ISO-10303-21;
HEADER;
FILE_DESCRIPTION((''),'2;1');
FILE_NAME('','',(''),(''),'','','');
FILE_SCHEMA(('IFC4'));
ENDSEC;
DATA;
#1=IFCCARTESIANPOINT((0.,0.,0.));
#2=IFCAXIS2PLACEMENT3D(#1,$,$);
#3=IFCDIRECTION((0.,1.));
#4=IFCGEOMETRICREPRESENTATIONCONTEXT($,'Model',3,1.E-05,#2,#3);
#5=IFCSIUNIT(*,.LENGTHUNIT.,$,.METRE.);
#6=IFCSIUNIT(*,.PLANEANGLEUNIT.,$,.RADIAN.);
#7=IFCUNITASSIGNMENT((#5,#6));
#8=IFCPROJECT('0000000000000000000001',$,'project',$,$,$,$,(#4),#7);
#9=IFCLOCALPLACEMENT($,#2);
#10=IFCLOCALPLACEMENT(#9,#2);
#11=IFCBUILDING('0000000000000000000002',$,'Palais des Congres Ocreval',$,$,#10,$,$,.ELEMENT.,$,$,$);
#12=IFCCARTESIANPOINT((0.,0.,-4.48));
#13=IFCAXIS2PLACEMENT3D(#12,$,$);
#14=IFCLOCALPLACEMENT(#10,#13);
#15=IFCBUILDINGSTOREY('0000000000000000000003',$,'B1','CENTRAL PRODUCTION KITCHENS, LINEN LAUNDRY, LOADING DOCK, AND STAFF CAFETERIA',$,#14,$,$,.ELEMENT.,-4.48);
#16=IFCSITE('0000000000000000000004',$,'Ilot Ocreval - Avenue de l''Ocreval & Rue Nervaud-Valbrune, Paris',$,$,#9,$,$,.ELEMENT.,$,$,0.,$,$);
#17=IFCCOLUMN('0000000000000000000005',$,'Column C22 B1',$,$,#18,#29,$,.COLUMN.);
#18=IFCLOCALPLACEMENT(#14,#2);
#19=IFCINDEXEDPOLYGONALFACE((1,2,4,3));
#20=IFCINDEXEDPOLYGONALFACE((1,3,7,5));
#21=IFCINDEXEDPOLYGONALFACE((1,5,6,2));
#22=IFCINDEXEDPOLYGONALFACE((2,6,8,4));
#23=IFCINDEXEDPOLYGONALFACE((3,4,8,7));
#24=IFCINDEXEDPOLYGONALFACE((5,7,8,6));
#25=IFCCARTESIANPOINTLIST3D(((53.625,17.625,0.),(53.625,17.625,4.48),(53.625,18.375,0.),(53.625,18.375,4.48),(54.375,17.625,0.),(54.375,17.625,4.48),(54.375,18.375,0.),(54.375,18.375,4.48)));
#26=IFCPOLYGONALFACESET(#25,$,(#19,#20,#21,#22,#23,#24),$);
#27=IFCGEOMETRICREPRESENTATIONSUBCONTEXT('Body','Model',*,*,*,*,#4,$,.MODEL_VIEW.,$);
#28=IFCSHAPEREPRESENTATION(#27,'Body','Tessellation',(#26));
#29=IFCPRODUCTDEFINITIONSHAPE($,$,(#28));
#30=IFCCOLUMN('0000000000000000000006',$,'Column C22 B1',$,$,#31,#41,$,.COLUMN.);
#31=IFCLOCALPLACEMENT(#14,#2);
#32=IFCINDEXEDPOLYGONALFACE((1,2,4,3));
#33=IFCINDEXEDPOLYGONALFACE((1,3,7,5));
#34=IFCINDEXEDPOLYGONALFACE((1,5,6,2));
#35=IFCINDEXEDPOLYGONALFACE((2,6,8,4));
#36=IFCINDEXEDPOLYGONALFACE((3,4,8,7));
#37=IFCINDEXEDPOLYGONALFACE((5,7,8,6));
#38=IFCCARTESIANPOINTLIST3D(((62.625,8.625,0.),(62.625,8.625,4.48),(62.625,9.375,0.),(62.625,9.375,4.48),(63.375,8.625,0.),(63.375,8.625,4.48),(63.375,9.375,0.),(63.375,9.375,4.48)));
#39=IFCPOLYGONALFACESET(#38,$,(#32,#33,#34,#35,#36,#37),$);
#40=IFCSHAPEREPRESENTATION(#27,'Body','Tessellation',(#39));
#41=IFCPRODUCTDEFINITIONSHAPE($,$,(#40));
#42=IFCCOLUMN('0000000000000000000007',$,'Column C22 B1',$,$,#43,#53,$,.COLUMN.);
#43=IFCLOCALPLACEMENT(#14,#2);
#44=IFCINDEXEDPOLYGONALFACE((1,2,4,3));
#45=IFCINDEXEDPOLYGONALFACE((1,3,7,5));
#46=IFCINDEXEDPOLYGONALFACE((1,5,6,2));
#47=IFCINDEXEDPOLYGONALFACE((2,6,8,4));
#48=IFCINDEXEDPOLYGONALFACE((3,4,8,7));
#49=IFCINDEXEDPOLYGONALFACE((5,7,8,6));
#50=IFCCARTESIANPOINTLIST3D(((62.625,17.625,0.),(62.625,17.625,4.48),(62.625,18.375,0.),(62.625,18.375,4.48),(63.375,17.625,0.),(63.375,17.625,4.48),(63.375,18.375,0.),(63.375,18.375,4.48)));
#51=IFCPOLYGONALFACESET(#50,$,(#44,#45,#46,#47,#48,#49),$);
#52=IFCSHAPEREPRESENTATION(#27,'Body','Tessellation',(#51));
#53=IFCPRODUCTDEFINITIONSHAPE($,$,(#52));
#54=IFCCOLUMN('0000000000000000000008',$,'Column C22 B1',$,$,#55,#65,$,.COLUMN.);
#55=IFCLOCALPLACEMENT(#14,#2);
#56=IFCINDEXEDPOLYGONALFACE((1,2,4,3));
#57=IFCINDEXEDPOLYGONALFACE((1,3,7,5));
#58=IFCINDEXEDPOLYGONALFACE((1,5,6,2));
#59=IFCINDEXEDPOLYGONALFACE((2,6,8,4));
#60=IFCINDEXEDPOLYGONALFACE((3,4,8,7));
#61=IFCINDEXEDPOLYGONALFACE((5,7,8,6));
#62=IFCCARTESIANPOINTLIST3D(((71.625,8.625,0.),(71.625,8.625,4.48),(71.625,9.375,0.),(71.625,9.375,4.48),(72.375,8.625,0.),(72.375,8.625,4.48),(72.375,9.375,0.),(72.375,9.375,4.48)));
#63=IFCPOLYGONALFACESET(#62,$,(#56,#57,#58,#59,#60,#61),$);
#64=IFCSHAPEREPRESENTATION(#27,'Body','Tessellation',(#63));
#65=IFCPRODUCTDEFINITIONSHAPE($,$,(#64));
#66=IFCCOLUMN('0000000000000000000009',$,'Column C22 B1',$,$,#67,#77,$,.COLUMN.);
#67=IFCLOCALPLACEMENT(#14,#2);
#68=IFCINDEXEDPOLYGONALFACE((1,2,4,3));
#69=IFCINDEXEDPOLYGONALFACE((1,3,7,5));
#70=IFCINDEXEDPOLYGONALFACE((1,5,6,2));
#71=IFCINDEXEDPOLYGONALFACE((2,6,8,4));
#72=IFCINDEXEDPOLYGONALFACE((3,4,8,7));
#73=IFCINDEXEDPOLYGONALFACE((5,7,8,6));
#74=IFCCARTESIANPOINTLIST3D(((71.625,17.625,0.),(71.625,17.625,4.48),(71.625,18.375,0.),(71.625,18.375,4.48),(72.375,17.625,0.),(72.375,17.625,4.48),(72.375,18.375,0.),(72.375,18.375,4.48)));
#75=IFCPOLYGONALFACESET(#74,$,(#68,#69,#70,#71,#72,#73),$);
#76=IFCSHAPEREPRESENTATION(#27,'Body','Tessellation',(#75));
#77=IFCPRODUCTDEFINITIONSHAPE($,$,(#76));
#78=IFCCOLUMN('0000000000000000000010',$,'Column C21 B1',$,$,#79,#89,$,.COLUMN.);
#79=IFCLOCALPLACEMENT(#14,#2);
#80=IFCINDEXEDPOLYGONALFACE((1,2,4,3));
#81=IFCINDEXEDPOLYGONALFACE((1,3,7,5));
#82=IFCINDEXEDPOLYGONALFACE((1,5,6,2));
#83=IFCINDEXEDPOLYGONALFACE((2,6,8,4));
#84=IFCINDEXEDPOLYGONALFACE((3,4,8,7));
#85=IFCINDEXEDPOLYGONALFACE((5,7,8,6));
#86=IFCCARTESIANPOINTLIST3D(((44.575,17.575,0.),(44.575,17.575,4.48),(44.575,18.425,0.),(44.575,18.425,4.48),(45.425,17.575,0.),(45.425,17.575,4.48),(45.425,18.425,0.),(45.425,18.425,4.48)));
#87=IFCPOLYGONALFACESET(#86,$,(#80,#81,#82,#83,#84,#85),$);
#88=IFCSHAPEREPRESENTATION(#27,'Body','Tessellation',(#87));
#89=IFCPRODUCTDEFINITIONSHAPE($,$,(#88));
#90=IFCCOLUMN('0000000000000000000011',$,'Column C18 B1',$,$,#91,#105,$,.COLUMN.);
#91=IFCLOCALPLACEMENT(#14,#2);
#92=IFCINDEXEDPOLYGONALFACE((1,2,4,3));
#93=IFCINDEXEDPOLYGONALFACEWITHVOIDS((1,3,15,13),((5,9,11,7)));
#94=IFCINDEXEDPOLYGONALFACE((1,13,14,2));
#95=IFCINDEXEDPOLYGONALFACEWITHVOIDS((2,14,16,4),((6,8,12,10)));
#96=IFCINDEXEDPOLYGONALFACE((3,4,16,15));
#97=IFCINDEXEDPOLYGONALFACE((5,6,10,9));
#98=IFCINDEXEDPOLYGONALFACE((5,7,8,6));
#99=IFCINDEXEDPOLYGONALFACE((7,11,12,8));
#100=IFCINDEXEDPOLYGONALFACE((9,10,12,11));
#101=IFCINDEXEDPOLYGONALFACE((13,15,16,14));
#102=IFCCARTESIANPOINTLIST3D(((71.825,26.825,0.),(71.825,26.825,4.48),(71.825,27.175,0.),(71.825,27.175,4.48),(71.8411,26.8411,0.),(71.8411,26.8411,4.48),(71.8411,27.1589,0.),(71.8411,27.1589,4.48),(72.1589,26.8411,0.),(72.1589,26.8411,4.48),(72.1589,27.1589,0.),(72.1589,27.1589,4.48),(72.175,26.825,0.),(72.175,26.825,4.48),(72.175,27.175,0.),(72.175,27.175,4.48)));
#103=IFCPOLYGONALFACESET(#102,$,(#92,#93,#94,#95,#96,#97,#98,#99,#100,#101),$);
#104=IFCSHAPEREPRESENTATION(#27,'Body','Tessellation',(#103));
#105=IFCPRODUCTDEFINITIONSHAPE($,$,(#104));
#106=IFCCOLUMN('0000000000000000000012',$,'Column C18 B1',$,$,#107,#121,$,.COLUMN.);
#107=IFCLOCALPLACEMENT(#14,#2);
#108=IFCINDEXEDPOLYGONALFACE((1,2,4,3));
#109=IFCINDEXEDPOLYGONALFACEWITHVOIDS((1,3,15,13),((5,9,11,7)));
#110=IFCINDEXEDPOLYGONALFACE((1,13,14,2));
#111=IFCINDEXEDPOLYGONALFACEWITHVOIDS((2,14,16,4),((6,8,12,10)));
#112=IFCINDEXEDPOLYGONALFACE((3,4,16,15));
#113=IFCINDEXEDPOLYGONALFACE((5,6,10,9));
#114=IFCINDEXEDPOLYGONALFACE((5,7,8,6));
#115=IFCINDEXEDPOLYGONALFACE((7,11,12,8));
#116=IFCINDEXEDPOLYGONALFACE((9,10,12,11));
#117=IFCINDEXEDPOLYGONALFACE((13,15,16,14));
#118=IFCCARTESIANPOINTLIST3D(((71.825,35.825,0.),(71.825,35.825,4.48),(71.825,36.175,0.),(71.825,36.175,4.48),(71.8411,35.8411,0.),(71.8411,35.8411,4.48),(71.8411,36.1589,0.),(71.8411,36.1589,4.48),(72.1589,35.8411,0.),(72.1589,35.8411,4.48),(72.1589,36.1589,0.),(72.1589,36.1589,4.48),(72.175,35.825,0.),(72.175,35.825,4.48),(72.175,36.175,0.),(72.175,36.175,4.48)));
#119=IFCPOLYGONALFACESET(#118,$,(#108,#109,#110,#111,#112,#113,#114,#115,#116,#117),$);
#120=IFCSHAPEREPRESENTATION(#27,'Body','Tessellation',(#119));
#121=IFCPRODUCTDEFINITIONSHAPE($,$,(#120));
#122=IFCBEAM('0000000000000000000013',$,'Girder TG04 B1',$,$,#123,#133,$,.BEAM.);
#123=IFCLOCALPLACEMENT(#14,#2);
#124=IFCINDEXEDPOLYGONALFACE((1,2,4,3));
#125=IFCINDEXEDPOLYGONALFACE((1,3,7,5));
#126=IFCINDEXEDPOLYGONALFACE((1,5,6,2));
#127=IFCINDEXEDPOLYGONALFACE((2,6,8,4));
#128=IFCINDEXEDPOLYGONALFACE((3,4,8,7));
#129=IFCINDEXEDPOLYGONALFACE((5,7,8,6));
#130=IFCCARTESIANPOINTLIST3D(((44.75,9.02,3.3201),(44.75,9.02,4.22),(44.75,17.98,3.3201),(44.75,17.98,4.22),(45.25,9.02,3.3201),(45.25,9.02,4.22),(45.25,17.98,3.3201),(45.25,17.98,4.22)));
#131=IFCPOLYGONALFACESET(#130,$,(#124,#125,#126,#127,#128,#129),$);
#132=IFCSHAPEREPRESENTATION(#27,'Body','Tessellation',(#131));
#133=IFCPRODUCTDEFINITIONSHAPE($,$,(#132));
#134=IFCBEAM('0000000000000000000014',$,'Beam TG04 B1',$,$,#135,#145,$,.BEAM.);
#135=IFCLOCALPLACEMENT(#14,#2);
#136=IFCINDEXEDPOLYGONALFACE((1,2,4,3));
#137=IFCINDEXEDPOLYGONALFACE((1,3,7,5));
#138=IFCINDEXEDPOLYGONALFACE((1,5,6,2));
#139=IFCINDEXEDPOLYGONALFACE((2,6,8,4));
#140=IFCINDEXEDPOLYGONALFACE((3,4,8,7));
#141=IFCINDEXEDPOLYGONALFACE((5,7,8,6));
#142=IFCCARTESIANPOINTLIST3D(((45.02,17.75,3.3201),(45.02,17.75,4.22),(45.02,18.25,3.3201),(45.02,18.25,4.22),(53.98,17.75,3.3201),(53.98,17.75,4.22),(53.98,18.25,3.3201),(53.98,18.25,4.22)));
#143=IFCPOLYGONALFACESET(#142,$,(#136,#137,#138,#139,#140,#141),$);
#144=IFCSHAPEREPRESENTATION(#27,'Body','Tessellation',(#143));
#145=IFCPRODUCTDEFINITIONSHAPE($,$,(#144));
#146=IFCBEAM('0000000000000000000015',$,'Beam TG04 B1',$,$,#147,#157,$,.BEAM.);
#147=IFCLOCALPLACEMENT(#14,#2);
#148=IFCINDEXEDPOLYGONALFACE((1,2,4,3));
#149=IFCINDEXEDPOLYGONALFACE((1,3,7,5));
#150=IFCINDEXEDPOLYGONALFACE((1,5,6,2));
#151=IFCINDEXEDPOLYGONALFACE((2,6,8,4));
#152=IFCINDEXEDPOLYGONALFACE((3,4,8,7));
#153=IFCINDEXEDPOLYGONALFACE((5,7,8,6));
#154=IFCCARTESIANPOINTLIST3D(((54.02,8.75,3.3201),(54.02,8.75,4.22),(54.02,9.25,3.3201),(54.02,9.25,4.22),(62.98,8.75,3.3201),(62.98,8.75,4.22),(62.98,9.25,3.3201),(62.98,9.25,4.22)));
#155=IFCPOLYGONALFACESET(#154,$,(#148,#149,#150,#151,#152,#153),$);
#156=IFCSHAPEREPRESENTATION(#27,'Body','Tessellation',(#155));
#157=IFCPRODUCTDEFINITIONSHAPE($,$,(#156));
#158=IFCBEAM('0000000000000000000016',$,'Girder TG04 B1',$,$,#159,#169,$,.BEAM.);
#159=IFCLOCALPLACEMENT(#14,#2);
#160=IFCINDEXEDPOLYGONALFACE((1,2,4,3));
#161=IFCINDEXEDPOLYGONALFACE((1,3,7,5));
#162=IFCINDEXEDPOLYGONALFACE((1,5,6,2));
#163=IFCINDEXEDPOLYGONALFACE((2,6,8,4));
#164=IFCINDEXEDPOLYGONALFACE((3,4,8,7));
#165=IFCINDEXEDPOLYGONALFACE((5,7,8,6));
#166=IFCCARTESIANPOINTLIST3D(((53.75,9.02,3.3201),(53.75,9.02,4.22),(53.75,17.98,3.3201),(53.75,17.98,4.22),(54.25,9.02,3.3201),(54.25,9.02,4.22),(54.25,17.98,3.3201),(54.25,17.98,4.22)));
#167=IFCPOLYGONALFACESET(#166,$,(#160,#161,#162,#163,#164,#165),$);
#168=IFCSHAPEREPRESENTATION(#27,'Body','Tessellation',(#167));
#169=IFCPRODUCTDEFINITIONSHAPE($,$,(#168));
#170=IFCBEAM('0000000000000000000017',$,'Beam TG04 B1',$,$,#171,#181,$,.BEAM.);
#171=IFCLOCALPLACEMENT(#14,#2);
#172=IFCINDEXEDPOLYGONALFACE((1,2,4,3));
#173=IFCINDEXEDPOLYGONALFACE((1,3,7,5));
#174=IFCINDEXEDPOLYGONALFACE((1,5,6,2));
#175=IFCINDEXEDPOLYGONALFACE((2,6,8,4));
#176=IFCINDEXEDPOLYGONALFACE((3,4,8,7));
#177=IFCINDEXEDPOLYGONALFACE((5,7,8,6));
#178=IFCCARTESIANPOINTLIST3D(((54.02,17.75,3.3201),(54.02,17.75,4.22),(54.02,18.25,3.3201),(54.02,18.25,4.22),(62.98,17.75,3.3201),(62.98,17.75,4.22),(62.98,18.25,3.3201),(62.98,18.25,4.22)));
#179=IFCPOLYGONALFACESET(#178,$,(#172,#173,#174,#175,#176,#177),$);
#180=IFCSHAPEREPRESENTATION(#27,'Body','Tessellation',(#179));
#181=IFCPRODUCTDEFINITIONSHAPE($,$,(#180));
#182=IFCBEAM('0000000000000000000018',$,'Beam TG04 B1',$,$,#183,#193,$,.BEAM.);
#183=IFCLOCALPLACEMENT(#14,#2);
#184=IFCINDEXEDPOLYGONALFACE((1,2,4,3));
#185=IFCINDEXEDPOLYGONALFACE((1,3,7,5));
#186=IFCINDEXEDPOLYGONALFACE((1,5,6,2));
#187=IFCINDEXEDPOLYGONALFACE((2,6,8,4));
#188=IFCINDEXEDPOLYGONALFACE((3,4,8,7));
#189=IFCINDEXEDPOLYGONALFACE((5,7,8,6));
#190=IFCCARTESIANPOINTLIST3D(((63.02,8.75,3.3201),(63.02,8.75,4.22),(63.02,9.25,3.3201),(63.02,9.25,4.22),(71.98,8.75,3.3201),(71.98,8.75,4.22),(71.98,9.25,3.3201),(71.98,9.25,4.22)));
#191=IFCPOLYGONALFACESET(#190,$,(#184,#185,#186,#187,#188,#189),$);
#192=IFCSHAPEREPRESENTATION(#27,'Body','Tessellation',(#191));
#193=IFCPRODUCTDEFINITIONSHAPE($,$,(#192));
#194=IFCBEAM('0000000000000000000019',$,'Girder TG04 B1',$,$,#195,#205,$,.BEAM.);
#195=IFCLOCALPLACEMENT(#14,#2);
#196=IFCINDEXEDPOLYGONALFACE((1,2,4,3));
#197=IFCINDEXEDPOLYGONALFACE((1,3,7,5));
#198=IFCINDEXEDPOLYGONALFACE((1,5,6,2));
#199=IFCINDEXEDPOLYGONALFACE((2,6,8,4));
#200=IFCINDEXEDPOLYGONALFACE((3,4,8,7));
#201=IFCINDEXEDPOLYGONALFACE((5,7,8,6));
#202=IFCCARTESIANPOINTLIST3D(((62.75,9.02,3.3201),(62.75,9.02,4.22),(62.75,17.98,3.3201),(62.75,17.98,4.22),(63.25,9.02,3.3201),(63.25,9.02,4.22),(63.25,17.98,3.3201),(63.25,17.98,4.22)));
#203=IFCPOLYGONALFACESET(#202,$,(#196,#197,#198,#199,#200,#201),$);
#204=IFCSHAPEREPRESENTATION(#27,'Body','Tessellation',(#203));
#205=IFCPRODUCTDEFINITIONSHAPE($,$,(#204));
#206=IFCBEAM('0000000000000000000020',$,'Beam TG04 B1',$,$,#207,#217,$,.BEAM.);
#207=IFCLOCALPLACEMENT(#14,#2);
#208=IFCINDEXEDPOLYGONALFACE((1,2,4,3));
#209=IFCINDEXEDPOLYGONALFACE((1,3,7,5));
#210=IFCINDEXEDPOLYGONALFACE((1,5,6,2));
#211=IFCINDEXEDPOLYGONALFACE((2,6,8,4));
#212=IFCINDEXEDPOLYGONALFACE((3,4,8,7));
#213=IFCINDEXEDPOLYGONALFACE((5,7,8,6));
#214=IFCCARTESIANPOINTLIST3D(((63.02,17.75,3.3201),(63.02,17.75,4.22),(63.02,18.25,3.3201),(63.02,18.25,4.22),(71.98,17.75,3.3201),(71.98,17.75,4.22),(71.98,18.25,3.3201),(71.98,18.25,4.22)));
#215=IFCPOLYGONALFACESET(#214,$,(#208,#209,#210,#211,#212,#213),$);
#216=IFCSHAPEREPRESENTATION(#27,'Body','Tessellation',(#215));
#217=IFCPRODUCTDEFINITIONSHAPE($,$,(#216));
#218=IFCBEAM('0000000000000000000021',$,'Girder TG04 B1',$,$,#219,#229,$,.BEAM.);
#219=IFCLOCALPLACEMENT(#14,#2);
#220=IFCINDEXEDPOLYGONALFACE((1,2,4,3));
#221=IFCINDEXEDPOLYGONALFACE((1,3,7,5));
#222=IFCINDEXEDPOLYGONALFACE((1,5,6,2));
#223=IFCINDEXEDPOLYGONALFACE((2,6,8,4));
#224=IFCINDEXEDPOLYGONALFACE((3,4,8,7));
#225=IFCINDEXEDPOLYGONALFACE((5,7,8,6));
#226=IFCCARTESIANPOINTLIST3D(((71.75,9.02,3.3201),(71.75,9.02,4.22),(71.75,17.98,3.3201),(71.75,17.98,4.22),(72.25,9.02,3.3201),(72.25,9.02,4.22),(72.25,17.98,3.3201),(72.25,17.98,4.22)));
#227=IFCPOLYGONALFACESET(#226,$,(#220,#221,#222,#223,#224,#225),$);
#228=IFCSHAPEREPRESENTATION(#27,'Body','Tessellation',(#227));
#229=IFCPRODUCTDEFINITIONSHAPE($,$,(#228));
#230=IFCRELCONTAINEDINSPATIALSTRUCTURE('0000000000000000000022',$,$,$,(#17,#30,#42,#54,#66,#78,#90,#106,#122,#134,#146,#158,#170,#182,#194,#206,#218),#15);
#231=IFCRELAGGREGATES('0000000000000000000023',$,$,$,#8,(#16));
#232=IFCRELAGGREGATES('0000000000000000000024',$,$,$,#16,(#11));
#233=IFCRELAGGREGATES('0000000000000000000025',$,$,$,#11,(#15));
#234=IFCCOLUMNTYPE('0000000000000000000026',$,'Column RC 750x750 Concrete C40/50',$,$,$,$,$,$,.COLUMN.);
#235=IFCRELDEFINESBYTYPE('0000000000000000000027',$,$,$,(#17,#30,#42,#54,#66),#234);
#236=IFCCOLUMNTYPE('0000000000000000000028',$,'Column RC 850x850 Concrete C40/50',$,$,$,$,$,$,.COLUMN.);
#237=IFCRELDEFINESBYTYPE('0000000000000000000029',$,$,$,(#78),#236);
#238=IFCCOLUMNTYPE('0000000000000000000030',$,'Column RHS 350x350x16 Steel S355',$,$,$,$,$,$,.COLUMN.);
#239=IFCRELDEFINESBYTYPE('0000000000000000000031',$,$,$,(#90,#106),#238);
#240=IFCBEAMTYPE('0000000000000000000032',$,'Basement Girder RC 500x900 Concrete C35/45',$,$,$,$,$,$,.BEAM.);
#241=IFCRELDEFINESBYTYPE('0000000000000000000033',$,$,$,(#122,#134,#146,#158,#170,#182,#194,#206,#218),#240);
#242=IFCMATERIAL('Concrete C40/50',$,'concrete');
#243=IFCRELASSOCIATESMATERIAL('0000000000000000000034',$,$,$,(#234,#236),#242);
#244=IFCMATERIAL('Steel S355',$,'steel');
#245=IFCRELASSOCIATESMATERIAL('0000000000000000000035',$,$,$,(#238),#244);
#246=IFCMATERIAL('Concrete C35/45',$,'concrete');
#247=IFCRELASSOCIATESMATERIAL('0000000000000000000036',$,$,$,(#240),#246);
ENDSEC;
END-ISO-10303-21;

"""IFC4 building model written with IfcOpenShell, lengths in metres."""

from ifc_helpers import new_model, si_unit, direction, frame, origin, origin_2d, place, context, subcontext, project, spatial, rectangle, hollow_rectangle, extrude, material, material_profile, profile_set, type_object, element, save


model = new_model("IFC4")

# Units and contexts
model_context = context("Model", 3, precision=1e-05, world=origin(), true_north=direction((0.0, 1.0)))
body_context = subcontext(model_context, "Body", "Model", "MODEL_VIEW")
ifc_project = project(units=[si_unit("LENGTHUNIT", "METRE"), si_unit("PLANEANGLEUNIT", "RADIAN")], contexts=[model_context])

# Site, building, storey
site_placement = place(None, origin())
site = spatial("IfcSite", under=ifc_project, at=site_placement, Name="Ilot Ocreval - Avenue de l'Ocreval & Rue Nervaud-Valbrune, Paris", CompositionType="ELEMENT", RefElevation=0.0)
building_placement = place(site_placement, origin())
building = spatial("IfcBuilding", under=site, at=building_placement, Name="Palais des Congres Ocreval", CompositionType="ELEMENT")
storey_placement = place(building_placement, frame((0.0, 0.0, -4.48)))
storey = spatial("IfcBuildingStorey", under=building, at=storey_placement, Name="B1", Description="CENTRAL PRODUCTION KITCHENS, LINEN LAUNDRY, LOADING DOCK, AND STAFF CAFETERIA", CompositionType="ELEMENT", Elevation=-4.48)

# Columns
ifc_material_1 = material(Name="Concrete C40/50", Category="concrete")
ifc_material_profile_1 = material_profile(ifc_material_1, rectangle(XDim=0.75, YDim=0.75, at=origin_2d()), Name="RC 750x750")
ifc_profile_set_1 = profile_set([ifc_material_profile_1], Name="Concrete C40/50")
column_type_1 = type_object("IfcColumnType", Name="Column RC 750x750 Concrete C40/50", PredefinedType="COLUMN", material=ifc_profile_set_1)
for number, where, z_axis, x_axis, name in (
    (1, (54.0, 18.0, 0.0), (0.0, 0.0, 1.0), (1.0, 0.0, 0.0), "Column C22 B1"),
    (2, (63.0, 9.0, 0.0), (0.0, 0.0, 1.0), (1.0, 0.0, 0.0), "Column C22 B1"),
    (3, (63.0, 18.0, 0.0), (0.0, 0.0, 1.0), (1.0, 0.0, 0.0), "Column C22 B1"),
    (4, (72.0, 9.0, 0.0), (0.0, 0.0, 1.0), (1.0, 0.0, 0.0), "Column C22 B1"),
    (5, (72.0, 18.0, 0.0), (0.0, 0.0, 1.0), (1.0, 0.0, 0.0), "Column C22 B1"),
):
    element("IfcColumn", number, at=place(storey_placement, frame(where, z_axis=z_axis, x_axis=x_axis)), inside=storey, type_object=column_type_1, Name=name, PredefinedType="COLUMN", context=body_context, shape_type="SweptSolid", body=[
        extrude(rectangle(XDim=0.75, YDim=0.75, at=origin_2d()), origin(), (0.0, 0.0, 1.0), 4.48),
    ])
ifc_material_profile_2 = material_profile(ifc_material_1, rectangle(XDim=0.8501, YDim=0.8501, at=origin_2d()), Name="RC 850x850")
ifc_profile_set_2 = profile_set([ifc_material_profile_2], Name="Concrete C40/50")
column_type_2 = type_object("IfcColumnType", Name="Column RC 850x850 Concrete C40/50", PredefinedType="COLUMN", material=ifc_profile_set_2)
column_placement = place(storey_placement, frame((45.0, 18.0, 0.0), z_axis=(0.0, 0.0, 1.0), x_axis=(1.0, 0.0, 0.0)))
element("IfcColumn", 6, at=column_placement, inside=storey, type_object=column_type_2, Name="Column C21 B1", PredefinedType="COLUMN", context=body_context, shape_type="SweptSolid", body=[
    extrude(rectangle(XDim=0.8501, YDim=0.8501, at=origin_2d()), origin(), (0.0, 0.0, 1.0), 4.48),
])
ifc_material_2 = material(Name="Steel S355", Category="steel")
ifc_material_profile_3 = material_profile(ifc_material_2, hollow_rectangle(XDim=0.3501, YDim=0.3501, WallThickness=0.0161, at=origin_2d()), Name="RHS 350x350x16")
ifc_profile_set_3 = profile_set([ifc_material_profile_3], Name="Steel S355")
column_type_3 = type_object("IfcColumnType", Name="Column RHS 350x350x16 Steel S355", PredefinedType="COLUMN", material=ifc_profile_set_3)
for number, where, z_axis, x_axis, name in (
    (7, (72.0, 27.0, 0.0), (0.0, 0.0, 1.0), (1.0, 0.0, 0.0), "Column C18 B1"),
    (8, (72.0, 36.0, 0.0), (0.0, 0.0, 1.0), (1.0, 0.0, 0.0), "Column C18 B1"),
):
    element("IfcColumn", number, at=place(storey_placement, frame(where, z_axis=z_axis, x_axis=x_axis)), inside=storey, type_object=column_type_3, Name=name, PredefinedType="COLUMN", context=body_context, shape_type="SweptSolid", body=[
        extrude(hollow_rectangle(XDim=0.3501, YDim=0.3501, WallThickness=0.0161, at=origin_2d()), origin(), (0.0, 0.0, 1.0), 4.48),
    ])

# Beams
ifc_material_3 = material(Name="Concrete C35/45", Category="concrete")
ifc_material_profile_4 = material_profile(ifc_material_3, rectangle(XDim=0.5, YDim=0.8999, at=origin_2d()), Name="RC 500x900")
ifc_profile_set_4 = profile_set([ifc_material_profile_4], Name="Concrete C35/45")
beam_type = type_object("IfcBeamType", Name="Basement Girder RC 500x900 Concrete C35/45", PredefinedType="BEAM", material=ifc_profile_set_4)
for number, where, z_axis, x_axis, name in (
    (9, (45.0, 9.02, 3.77), (0.0, 1.0, 0.0), (-1.0, 0.0, 0.0), "Girder TG04 B1"),
    (10, (45.02, 18.0, 3.77), (1.0, 0.0, 0.0), (0.0, 1.0, 0.0), "Beam TG04 B1"),
    (11, (54.02, 9.0, 3.77), (1.0, 0.0, 0.0), (0.0, 1.0, 0.0), "Beam TG04 B1"),
    (12, (54.0, 9.02, 3.77), (0.0, 1.0, 0.0), (-1.0, 0.0, 0.0), "Girder TG04 B1"),
    (13, (54.02, 18.0, 3.77), (1.0, 0.0, 0.0), (0.0, 1.0, 0.0), "Beam TG04 B1"),
    (14, (63.02, 9.0, 3.77), (1.0, 0.0, 0.0), (0.0, 1.0, 0.0), "Beam TG04 B1"),
    (15, (63.0, 9.02, 3.77), (0.0, 1.0, 0.0), (-1.0, 0.0, 0.0), "Girder TG04 B1"),
    (16, (63.02, 18.0, 3.77), (1.0, 0.0, 0.0), (0.0, 1.0, 0.0), "Beam TG04 B1"),
    (17, (72.0, 9.02, 3.77), (0.0, 1.0, 0.0), (-1.0, 0.0, 0.0), "Girder TG04 B1"),
):
    element("IfcBeam", number, at=place(storey_placement, frame(where, z_axis=z_axis, x_axis=x_axis)), inside=storey, type_object=beam_type, Name=name, PredefinedType="BEAM", context=body_context, shape_type="SweptSolid", body=[
        extrude(rectangle(XDim=0.5, YDim=0.8999, at=origin_2d()), origin(), (0.0, 0.0, 1.0), 8.96),
    ])

save(model, "model.ifc")
